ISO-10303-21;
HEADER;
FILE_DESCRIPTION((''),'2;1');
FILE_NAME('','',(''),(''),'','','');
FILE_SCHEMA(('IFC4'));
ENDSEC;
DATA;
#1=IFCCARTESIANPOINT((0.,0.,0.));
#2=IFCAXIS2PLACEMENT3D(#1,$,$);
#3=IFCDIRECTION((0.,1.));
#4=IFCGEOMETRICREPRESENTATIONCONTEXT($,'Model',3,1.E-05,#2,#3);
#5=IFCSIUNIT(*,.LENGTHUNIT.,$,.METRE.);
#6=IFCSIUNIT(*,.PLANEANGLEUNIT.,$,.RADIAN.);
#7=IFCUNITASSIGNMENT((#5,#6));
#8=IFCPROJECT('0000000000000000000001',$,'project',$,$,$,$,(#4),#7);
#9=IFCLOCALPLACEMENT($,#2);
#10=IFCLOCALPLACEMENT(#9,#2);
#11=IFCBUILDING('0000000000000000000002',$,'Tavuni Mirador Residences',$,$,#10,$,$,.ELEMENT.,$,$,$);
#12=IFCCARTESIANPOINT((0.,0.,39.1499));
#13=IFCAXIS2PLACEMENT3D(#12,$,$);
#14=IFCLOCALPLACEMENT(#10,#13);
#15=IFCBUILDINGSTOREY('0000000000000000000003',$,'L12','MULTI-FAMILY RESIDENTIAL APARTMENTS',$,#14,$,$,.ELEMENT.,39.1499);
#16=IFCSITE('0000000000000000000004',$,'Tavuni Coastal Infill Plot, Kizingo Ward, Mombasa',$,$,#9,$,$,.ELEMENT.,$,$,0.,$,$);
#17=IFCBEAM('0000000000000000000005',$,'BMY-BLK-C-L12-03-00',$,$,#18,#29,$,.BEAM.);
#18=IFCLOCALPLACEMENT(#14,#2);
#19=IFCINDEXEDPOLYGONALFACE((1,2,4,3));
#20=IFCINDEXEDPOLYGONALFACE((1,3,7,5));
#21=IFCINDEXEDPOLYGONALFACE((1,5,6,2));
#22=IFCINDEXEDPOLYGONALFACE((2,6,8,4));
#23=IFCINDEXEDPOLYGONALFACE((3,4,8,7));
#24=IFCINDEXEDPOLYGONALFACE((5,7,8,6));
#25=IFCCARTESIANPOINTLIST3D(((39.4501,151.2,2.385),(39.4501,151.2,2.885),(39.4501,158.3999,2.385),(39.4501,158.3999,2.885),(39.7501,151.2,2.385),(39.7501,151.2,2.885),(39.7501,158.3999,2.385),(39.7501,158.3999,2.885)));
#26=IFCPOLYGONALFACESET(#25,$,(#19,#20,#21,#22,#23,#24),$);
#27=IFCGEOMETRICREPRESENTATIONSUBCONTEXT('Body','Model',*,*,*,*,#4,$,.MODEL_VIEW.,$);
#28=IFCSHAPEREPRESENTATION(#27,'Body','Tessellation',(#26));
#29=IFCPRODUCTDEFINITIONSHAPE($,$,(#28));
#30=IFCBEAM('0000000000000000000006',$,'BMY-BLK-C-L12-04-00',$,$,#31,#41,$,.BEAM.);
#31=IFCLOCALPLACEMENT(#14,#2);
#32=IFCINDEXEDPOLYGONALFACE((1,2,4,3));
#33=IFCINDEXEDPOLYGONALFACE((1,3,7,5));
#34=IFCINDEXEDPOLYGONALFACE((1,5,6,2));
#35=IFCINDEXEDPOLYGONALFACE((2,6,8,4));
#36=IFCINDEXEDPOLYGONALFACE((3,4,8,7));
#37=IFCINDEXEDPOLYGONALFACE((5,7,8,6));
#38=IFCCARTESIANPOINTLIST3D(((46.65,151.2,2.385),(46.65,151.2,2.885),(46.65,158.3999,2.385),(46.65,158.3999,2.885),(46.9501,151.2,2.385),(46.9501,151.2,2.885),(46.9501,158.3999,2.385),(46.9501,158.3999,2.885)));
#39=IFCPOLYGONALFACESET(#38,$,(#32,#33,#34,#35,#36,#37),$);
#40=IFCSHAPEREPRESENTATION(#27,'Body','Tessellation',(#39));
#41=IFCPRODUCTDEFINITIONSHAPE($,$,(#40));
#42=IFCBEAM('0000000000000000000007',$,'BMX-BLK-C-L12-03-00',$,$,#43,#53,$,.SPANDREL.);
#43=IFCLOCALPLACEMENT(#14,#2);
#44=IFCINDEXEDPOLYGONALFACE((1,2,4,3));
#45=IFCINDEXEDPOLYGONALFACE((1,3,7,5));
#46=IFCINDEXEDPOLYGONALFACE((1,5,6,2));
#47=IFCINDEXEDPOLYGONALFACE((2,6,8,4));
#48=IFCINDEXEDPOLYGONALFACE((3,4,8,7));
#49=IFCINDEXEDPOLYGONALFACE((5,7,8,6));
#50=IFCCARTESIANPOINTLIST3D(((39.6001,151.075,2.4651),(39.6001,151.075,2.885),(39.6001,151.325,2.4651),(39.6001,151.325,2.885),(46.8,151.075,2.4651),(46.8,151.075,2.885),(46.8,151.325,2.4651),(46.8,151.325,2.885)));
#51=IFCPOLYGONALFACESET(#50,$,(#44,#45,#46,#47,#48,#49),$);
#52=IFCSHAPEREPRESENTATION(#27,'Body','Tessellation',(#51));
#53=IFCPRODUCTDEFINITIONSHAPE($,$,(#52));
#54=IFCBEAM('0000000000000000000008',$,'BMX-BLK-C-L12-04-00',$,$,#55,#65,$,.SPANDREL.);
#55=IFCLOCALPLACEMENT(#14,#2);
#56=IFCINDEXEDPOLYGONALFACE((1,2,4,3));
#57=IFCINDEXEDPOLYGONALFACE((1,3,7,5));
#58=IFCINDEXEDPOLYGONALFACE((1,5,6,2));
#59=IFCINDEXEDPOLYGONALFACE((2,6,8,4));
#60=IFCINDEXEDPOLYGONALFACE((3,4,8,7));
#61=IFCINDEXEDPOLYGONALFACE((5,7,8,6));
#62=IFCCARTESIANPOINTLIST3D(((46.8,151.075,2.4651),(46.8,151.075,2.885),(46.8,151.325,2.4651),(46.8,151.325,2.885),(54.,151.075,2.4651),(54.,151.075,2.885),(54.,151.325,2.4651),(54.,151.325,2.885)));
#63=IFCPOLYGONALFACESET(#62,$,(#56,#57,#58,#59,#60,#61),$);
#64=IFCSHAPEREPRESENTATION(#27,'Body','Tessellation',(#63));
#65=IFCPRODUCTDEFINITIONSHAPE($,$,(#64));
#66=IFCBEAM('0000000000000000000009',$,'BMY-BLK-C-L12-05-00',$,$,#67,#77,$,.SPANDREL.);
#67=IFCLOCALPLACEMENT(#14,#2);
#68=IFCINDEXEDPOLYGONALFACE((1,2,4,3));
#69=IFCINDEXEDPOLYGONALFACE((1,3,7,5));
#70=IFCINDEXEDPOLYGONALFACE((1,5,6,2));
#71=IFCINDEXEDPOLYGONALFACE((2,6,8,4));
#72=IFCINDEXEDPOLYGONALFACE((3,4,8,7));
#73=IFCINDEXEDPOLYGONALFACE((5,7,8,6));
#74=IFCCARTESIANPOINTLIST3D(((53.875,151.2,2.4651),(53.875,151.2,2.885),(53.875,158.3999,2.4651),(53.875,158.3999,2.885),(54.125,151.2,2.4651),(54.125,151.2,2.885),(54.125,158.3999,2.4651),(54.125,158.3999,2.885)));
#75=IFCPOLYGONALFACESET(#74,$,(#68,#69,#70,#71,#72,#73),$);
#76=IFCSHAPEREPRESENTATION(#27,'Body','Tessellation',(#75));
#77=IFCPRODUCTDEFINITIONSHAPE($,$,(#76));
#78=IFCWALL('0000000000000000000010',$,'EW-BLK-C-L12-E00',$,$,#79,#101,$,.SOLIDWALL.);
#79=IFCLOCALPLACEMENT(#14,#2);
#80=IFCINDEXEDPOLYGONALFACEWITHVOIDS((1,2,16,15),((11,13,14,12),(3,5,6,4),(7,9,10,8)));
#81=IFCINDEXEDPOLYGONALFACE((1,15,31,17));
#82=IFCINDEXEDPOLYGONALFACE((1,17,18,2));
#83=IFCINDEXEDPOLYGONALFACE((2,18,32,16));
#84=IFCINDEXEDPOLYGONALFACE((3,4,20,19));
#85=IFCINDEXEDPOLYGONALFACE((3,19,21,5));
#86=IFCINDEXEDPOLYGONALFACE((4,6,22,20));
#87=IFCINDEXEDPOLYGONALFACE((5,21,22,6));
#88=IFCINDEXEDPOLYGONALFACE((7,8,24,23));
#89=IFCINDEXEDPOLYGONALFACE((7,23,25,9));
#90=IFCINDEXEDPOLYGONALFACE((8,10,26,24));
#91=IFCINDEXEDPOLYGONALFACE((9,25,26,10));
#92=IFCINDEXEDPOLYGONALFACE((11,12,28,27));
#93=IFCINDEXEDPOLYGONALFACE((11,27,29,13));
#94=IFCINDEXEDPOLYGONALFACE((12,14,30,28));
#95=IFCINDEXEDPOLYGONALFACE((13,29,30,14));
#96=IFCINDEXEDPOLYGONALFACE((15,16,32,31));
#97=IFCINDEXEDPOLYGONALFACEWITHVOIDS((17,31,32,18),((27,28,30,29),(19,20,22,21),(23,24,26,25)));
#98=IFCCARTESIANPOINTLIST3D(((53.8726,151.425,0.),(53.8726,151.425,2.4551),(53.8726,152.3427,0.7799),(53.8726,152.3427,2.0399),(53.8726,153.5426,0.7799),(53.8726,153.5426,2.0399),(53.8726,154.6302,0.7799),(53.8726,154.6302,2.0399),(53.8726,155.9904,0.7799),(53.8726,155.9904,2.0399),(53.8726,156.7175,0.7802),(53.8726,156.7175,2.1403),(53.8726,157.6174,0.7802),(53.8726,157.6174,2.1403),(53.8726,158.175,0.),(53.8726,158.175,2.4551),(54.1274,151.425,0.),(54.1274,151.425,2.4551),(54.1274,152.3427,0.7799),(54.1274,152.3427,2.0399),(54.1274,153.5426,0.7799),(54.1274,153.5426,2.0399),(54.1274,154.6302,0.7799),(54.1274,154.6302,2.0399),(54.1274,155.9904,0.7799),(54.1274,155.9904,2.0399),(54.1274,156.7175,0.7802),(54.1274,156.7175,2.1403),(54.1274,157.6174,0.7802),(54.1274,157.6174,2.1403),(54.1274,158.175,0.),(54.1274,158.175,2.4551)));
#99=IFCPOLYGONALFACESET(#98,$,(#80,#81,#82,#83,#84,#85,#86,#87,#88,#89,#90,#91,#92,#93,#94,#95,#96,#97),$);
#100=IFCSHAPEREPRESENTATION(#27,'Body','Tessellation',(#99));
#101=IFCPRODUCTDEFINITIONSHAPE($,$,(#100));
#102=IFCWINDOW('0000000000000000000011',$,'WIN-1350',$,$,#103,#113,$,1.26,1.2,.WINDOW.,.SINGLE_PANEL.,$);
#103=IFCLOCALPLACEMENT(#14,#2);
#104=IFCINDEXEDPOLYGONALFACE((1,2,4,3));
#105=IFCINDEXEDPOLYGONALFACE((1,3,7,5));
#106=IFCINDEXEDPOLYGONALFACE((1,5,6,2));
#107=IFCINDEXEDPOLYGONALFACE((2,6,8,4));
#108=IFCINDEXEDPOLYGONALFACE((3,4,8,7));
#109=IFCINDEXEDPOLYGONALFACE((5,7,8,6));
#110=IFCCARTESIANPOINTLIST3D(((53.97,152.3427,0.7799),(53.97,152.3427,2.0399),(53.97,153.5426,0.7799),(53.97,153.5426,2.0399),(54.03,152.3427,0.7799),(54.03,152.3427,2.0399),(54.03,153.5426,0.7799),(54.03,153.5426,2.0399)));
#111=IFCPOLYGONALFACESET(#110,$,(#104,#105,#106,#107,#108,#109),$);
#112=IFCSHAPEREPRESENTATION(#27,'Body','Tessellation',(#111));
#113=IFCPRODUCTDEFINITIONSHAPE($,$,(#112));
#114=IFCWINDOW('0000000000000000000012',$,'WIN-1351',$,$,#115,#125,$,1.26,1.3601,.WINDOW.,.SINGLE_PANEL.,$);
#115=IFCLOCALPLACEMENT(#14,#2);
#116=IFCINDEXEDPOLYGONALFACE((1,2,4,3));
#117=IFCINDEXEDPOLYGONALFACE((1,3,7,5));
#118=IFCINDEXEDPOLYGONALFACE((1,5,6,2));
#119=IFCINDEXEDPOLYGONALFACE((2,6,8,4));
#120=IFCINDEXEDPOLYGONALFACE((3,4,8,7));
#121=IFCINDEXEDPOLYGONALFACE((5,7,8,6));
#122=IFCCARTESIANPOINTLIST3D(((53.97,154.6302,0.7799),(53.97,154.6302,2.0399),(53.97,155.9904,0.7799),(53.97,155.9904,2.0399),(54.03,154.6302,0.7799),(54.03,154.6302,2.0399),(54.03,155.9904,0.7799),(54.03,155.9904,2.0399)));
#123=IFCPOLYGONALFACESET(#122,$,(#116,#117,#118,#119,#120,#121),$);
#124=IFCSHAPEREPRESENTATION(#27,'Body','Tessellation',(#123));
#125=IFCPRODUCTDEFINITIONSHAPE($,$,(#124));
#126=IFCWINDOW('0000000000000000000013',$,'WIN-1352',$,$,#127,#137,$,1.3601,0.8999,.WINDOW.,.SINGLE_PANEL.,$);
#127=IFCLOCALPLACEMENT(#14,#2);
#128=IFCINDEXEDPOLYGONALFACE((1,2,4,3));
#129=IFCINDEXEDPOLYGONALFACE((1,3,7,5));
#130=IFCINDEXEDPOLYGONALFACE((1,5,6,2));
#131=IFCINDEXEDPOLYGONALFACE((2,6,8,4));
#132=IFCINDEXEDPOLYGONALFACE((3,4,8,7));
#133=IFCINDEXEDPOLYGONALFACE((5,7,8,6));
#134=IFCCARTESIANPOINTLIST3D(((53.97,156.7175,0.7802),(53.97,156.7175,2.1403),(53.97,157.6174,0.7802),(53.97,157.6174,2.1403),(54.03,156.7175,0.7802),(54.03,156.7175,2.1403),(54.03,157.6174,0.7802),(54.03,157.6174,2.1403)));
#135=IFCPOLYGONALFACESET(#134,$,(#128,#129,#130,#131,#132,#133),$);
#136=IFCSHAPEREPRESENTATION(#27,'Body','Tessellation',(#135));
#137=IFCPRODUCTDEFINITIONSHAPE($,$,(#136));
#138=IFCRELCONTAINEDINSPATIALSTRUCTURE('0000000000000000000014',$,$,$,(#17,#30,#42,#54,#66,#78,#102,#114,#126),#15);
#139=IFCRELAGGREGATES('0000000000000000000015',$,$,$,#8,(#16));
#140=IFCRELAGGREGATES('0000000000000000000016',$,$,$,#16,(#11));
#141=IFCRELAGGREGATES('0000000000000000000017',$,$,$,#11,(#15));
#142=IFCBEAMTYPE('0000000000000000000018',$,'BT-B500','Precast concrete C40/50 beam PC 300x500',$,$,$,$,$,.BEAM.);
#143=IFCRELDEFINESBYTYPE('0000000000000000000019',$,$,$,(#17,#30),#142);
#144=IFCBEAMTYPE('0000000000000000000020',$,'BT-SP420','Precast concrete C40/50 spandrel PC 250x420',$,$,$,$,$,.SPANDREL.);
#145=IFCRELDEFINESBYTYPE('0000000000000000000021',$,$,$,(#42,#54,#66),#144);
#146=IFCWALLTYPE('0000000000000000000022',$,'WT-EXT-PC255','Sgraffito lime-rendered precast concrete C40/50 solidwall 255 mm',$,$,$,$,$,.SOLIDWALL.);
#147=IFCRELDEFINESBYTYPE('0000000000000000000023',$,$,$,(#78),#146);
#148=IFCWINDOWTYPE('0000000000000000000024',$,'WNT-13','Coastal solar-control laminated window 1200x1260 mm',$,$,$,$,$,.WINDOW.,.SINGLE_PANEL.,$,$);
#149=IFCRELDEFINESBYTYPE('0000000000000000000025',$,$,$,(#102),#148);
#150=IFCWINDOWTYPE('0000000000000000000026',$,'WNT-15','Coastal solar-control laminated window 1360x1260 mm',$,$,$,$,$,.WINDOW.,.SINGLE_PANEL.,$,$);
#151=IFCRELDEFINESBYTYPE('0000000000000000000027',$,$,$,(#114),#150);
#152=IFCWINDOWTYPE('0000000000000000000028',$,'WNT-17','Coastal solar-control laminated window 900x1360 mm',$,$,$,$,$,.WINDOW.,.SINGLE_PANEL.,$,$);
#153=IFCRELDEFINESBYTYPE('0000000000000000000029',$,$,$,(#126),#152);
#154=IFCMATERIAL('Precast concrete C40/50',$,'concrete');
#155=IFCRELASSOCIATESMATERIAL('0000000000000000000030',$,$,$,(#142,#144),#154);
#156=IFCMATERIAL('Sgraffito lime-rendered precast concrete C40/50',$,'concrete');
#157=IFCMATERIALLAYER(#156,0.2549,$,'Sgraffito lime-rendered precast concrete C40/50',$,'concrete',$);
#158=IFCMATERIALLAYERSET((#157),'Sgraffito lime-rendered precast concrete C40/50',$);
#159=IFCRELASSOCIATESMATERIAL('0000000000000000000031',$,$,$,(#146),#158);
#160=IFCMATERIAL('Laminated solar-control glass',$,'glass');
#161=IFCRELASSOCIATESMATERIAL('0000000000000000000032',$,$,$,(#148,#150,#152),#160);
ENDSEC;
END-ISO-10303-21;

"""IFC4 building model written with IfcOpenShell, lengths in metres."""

from ifc_helpers import new_model, si_unit, direction, frame, frame_2d, origin, origin_2d, place, context, subcontext, project, spatial, rectangle, extrude, material, layer, layer_set, material_profile, profile_set, type_object, element, fill, save


model = new_model("IFC4")

# Units and contexts
model_context = context("Model", 3, precision=1e-05, world=origin(), true_north=direction((0.0, 1.0)))
body_context = subcontext(model_context, "Body", "Model", "MODEL_VIEW")
ifc_project = project(units=[si_unit("LENGTHUNIT", "METRE"), si_unit("PLANEANGLEUNIT", "RADIAN")], contexts=[model_context])

# Site, building, storey
site_placement = place(None, origin())
site = spatial("IfcSite", under=ifc_project, at=site_placement, Name="Tavuni Coastal Infill Plot, Kizingo Ward, Mombasa", CompositionType="ELEMENT", RefElevation=0.0)
building_placement = place(site_placement, origin())
building = spatial("IfcBuilding", under=site, at=building_placement, Name="Tavuni Mirador Residences", CompositionType="ELEMENT")
storey_placement = place(building_placement, frame((0.0, 0.0, 39.1499)))
storey = spatial("IfcBuildingStorey", under=building, at=storey_placement, Name="L12", Description="MULTI-FAMILY RESIDENTIAL APARTMENTS", CompositionType="ELEMENT", Elevation=39.1499)

# Beams
ifc_material_1 = material(Name="Precast concrete C40/50", Category="concrete")
ifc_material_profile_1 = material_profile(ifc_material_1, rectangle(XDim=0.3, YDim=0.5, at=origin_2d()), Name="PC 300x500", Category="concrete")
ifc_profile_set_1 = profile_set([ifc_material_profile_1], Name="Precast concrete C40/50")
beam_type_1 = type_object("IfcBeamType", Name="BT-B500", Description="Precast concrete C40/50 beam PC 300x500", PredefinedType="BEAM", material=ifc_profile_set_1)
for number, where, z_axis, x_axis, name in (
    (1, (39.6001, 151.2, 2.635), (0.0, 1.0, 0.0), (-1.0, 0.0, 0.0), "BMY-BLK-C-L12-03-00"),
    (2, (46.8, 151.2, 2.635), (0.0, 1.0, 0.0), (-1.0, 0.0, 0.0), "BMY-BLK-C-L12-04-00"),
):
    element("IfcBeam", number, at=place(storey_placement, frame(where, z_axis=z_axis, x_axis=x_axis)), inside=storey, type_object=beam_type_1, Name=name, PredefinedType="BEAM", context=body_context, shape_type="SweptSolid", body=[
        extrude(rectangle(XDim=0.3, YDim=0.5, at=origin_2d()), origin(), (0.0, 0.0, 1.0), 7.2),
    ])
ifc_material_profile_2 = material_profile(ifc_material_1, rectangle(XDim=0.25, YDim=0.4199, at=origin_2d()), Name="PC 250x420", Category="concrete")
ifc_profile_set_2 = profile_set([ifc_material_profile_2], Name="Precast concrete C40/50")
beam_type_2 = type_object("IfcBeamType", Name="BT-SP420", Description="Precast concrete C40/50 spandrel PC 250x420", PredefinedType="SPANDREL", material=ifc_profile_set_2)
for number, where, z_axis, x_axis, name in (
    (3, (39.6001, 151.2, 2.675), (1.0, 0.0, 0.0), (0.0, 1.0, 0.0), "BMX-BLK-C-L12-03-00"),
    (4, (46.8, 151.2, 2.675), (1.0, 0.0, 0.0), (0.0, 1.0, 0.0), "BMX-BLK-C-L12-04-00"),
    (5, (54.0, 151.2, 2.675), (0.0, 1.0, 0.0), (-1.0, 0.0, 0.0), "BMY-BLK-C-L12-05-00"),
):
    element("IfcBeam", number, at=place(storey_placement, frame(where, z_axis=z_axis, x_axis=x_axis)), inside=storey, type_object=beam_type_2, Name=name, PredefinedType="SPANDREL", context=body_context, shape_type="SweptSolid", body=[
        extrude(rectangle(XDim=0.25, YDim=0.4199, at=origin_2d()), origin(), (0.0, 0.0, 1.0), 7.2),
    ])

# Wall, openings, windows
ifc_material_2 = material(Name="Sgraffito lime-rendered precast concrete C40/50", Category="concrete")
ifc_layer_1 = layer(ifc_material_2, 0.2549, Name="Sgraffito lime-rendered precast concrete C40/50", Category="concrete")
ifc_layer_set_1 = layer_set([ifc_layer_1], Name="Sgraffito lime-rendered precast concrete C40/50")
wall_type_1 = type_object("IfcWallType", Name="WT-EXT-PC255", Description="Sgraffito lime-rendered precast concrete C40/50 solidwall 255 mm", PredefinedType="SOLIDWALL", material=ifc_layer_set_1)
wall_1_placement = place(storey_placement, frame((54.0, 151.425, 0.0), z_axis=(0.0, 0.0, 1.0), x_axis=(0.0, 1.0, 0.0)))
wall_1 = element("IfcWall", 6, at=wall_1_placement, inside=storey, type_object=wall_type_1, Name="EW-BLK-C-L12-E00", PredefinedType="SOLIDWALL", context=body_context, shape_type="SweptSolid", body=[
    extrude(rectangle(XDim=6.75, YDim=0.2549, at=frame_2d((3.375, 0.0))), origin(), (0.0, 0.0, 1.0), 2.4551),
])
opening_1_placement = place(wall_1_placement, frame((0.9175, 0.0, 0.78)))
opening_1 = element("IfcOpeningElement", 7, at=opening_1_placement, cuts=wall_1, PredefinedType="OPENING", context=body_context, shape_type="SweptSolid", body=[
    extrude(rectangle(XDim=1.2, YDim=1.26, at=frame_2d((0.6001, 0.6299))), frame((0.0, 0.1375, 0.0), z_axis=(0.0, -1.0, 0.0), x_axis=(1.0, 0.0, 0.0)), (0.0, 0.0, 1.0), 0.2749),
])
opening_2_placement = place(wall_1_placement, frame((3.2051, 0.0, 0.78)))
opening_2 = element("IfcOpeningElement", 8, at=opening_2_placement, cuts=wall_1, PredefinedType="OPENING", context=body_context, shape_type="SweptSolid", body=[
    extrude(rectangle(XDim=1.3601, YDim=1.26, at=frame_2d((0.6802, 0.6299))), frame((0.0, 0.1375, 0.0), z_axis=(0.0, -1.0, 0.0), x_axis=(1.0, 0.0, 0.0)), (0.0, 0.0, 1.0), 0.2749),
])
opening_3_placement = place(wall_1_placement, frame((5.2925, 0.0, 0.78)))
opening_3 = element("IfcOpeningElement", 9, at=opening_3_placement, cuts=wall_1, PredefinedType="OPENING", context=body_context, shape_type="SweptSolid", body=[
    extrude(rectangle(XDim=0.8999, YDim=1.3601, at=frame_2d((0.45, 0.6802))), frame((0.0, 0.1375, 0.0), z_axis=(0.0, -1.0, 0.0), x_axis=(1.0, 0.0, 0.0)), (0.0, 0.0, 1.0), 0.2749),
])
ifc_material_3 = material(Name="Laminated solar-control glass", Category="glass")
window_type_1 = type_object("IfcWindowType", Name="WNT-13", Description="Coastal solar-control laminated window 1200x1260 mm", PartitioningType="SINGLE_PANEL", PredefinedType="WINDOW", material=ifc_material_3)
window_1_placement = place(opening_1_placement, origin())
window_1 = element("IfcWindow", 10, at=window_1_placement, inside=storey, type_object=window_type_1, Name="WIN-1350", OverallHeight=1.26, OverallWidth=1.2, PartitioningType="SINGLE_PANEL", PredefinedType="WINDOW", context=body_context, shape_type="SweptSolid", body=[
    extrude(rectangle(XDim=1.2, YDim=1.26, at=frame_2d((0.6001, 0.6299))), frame((0.0, 0.03, 0.0), z_axis=(0.0, -1.0, 0.0), x_axis=(1.0, 0.0, 0.0)), (0.0, 0.0, 1.0), 0.0601),
])
fill(opening_1, window_1)
window_type_2 = type_object("IfcWindowType", Name="WNT-15", Description="Coastal solar-control laminated window 1360x1260 mm", PartitioningType="SINGLE_PANEL", PredefinedType="WINDOW", material=ifc_material_3)
window_2_placement = place(opening_2_placement, origin())
window_2 = element("IfcWindow", 11, at=window_2_placement, inside=storey, type_object=window_type_2, Name="WIN-1351", OverallHeight=1.26, OverallWidth=1.3601, PartitioningType="SINGLE_PANEL", PredefinedType="WINDOW", context=body_context, shape_type="SweptSolid", body=[
    extrude(rectangle(XDim=1.3601, YDim=1.26, at=frame_2d((0.6802, 0.6299))), frame((0.0, 0.03, 0.0), z_axis=(0.0, -1.0, 0.0), x_axis=(1.0, 0.0, 0.0)), (0.0, 0.0, 1.0), 0.0601),
])
fill(opening_2, window_2)
window_type_3 = type_object("IfcWindowType", Name="WNT-17", Description="Coastal solar-control laminated window 900x1360 mm", PartitioningType="SINGLE_PANEL", PredefinedType="WINDOW", material=ifc_material_3)
window_3_placement = place(opening_3_placement, origin())
window_3 = element("IfcWindow", 12, at=window_3_placement, inside=storey, type_object=window_type_3, Name="WIN-1352", OverallHeight=1.3601, OverallWidth=0.8999, PartitioningType="SINGLE_PANEL", PredefinedType="WINDOW", context=body_context, shape_type="SweptSolid", body=[
    extrude(rectangle(XDim=0.8999, YDim=1.3601, at=frame_2d((0.45, 0.6802))), frame((0.0, 0.03, 0.0), z_axis=(0.0, -1.0, 0.0), x_axis=(1.0, 0.0, 0.0)), (0.0, 0.0, 1.0), 0.0601),
])
fill(opening_3, window_3)

save(model, "model.ifc")
